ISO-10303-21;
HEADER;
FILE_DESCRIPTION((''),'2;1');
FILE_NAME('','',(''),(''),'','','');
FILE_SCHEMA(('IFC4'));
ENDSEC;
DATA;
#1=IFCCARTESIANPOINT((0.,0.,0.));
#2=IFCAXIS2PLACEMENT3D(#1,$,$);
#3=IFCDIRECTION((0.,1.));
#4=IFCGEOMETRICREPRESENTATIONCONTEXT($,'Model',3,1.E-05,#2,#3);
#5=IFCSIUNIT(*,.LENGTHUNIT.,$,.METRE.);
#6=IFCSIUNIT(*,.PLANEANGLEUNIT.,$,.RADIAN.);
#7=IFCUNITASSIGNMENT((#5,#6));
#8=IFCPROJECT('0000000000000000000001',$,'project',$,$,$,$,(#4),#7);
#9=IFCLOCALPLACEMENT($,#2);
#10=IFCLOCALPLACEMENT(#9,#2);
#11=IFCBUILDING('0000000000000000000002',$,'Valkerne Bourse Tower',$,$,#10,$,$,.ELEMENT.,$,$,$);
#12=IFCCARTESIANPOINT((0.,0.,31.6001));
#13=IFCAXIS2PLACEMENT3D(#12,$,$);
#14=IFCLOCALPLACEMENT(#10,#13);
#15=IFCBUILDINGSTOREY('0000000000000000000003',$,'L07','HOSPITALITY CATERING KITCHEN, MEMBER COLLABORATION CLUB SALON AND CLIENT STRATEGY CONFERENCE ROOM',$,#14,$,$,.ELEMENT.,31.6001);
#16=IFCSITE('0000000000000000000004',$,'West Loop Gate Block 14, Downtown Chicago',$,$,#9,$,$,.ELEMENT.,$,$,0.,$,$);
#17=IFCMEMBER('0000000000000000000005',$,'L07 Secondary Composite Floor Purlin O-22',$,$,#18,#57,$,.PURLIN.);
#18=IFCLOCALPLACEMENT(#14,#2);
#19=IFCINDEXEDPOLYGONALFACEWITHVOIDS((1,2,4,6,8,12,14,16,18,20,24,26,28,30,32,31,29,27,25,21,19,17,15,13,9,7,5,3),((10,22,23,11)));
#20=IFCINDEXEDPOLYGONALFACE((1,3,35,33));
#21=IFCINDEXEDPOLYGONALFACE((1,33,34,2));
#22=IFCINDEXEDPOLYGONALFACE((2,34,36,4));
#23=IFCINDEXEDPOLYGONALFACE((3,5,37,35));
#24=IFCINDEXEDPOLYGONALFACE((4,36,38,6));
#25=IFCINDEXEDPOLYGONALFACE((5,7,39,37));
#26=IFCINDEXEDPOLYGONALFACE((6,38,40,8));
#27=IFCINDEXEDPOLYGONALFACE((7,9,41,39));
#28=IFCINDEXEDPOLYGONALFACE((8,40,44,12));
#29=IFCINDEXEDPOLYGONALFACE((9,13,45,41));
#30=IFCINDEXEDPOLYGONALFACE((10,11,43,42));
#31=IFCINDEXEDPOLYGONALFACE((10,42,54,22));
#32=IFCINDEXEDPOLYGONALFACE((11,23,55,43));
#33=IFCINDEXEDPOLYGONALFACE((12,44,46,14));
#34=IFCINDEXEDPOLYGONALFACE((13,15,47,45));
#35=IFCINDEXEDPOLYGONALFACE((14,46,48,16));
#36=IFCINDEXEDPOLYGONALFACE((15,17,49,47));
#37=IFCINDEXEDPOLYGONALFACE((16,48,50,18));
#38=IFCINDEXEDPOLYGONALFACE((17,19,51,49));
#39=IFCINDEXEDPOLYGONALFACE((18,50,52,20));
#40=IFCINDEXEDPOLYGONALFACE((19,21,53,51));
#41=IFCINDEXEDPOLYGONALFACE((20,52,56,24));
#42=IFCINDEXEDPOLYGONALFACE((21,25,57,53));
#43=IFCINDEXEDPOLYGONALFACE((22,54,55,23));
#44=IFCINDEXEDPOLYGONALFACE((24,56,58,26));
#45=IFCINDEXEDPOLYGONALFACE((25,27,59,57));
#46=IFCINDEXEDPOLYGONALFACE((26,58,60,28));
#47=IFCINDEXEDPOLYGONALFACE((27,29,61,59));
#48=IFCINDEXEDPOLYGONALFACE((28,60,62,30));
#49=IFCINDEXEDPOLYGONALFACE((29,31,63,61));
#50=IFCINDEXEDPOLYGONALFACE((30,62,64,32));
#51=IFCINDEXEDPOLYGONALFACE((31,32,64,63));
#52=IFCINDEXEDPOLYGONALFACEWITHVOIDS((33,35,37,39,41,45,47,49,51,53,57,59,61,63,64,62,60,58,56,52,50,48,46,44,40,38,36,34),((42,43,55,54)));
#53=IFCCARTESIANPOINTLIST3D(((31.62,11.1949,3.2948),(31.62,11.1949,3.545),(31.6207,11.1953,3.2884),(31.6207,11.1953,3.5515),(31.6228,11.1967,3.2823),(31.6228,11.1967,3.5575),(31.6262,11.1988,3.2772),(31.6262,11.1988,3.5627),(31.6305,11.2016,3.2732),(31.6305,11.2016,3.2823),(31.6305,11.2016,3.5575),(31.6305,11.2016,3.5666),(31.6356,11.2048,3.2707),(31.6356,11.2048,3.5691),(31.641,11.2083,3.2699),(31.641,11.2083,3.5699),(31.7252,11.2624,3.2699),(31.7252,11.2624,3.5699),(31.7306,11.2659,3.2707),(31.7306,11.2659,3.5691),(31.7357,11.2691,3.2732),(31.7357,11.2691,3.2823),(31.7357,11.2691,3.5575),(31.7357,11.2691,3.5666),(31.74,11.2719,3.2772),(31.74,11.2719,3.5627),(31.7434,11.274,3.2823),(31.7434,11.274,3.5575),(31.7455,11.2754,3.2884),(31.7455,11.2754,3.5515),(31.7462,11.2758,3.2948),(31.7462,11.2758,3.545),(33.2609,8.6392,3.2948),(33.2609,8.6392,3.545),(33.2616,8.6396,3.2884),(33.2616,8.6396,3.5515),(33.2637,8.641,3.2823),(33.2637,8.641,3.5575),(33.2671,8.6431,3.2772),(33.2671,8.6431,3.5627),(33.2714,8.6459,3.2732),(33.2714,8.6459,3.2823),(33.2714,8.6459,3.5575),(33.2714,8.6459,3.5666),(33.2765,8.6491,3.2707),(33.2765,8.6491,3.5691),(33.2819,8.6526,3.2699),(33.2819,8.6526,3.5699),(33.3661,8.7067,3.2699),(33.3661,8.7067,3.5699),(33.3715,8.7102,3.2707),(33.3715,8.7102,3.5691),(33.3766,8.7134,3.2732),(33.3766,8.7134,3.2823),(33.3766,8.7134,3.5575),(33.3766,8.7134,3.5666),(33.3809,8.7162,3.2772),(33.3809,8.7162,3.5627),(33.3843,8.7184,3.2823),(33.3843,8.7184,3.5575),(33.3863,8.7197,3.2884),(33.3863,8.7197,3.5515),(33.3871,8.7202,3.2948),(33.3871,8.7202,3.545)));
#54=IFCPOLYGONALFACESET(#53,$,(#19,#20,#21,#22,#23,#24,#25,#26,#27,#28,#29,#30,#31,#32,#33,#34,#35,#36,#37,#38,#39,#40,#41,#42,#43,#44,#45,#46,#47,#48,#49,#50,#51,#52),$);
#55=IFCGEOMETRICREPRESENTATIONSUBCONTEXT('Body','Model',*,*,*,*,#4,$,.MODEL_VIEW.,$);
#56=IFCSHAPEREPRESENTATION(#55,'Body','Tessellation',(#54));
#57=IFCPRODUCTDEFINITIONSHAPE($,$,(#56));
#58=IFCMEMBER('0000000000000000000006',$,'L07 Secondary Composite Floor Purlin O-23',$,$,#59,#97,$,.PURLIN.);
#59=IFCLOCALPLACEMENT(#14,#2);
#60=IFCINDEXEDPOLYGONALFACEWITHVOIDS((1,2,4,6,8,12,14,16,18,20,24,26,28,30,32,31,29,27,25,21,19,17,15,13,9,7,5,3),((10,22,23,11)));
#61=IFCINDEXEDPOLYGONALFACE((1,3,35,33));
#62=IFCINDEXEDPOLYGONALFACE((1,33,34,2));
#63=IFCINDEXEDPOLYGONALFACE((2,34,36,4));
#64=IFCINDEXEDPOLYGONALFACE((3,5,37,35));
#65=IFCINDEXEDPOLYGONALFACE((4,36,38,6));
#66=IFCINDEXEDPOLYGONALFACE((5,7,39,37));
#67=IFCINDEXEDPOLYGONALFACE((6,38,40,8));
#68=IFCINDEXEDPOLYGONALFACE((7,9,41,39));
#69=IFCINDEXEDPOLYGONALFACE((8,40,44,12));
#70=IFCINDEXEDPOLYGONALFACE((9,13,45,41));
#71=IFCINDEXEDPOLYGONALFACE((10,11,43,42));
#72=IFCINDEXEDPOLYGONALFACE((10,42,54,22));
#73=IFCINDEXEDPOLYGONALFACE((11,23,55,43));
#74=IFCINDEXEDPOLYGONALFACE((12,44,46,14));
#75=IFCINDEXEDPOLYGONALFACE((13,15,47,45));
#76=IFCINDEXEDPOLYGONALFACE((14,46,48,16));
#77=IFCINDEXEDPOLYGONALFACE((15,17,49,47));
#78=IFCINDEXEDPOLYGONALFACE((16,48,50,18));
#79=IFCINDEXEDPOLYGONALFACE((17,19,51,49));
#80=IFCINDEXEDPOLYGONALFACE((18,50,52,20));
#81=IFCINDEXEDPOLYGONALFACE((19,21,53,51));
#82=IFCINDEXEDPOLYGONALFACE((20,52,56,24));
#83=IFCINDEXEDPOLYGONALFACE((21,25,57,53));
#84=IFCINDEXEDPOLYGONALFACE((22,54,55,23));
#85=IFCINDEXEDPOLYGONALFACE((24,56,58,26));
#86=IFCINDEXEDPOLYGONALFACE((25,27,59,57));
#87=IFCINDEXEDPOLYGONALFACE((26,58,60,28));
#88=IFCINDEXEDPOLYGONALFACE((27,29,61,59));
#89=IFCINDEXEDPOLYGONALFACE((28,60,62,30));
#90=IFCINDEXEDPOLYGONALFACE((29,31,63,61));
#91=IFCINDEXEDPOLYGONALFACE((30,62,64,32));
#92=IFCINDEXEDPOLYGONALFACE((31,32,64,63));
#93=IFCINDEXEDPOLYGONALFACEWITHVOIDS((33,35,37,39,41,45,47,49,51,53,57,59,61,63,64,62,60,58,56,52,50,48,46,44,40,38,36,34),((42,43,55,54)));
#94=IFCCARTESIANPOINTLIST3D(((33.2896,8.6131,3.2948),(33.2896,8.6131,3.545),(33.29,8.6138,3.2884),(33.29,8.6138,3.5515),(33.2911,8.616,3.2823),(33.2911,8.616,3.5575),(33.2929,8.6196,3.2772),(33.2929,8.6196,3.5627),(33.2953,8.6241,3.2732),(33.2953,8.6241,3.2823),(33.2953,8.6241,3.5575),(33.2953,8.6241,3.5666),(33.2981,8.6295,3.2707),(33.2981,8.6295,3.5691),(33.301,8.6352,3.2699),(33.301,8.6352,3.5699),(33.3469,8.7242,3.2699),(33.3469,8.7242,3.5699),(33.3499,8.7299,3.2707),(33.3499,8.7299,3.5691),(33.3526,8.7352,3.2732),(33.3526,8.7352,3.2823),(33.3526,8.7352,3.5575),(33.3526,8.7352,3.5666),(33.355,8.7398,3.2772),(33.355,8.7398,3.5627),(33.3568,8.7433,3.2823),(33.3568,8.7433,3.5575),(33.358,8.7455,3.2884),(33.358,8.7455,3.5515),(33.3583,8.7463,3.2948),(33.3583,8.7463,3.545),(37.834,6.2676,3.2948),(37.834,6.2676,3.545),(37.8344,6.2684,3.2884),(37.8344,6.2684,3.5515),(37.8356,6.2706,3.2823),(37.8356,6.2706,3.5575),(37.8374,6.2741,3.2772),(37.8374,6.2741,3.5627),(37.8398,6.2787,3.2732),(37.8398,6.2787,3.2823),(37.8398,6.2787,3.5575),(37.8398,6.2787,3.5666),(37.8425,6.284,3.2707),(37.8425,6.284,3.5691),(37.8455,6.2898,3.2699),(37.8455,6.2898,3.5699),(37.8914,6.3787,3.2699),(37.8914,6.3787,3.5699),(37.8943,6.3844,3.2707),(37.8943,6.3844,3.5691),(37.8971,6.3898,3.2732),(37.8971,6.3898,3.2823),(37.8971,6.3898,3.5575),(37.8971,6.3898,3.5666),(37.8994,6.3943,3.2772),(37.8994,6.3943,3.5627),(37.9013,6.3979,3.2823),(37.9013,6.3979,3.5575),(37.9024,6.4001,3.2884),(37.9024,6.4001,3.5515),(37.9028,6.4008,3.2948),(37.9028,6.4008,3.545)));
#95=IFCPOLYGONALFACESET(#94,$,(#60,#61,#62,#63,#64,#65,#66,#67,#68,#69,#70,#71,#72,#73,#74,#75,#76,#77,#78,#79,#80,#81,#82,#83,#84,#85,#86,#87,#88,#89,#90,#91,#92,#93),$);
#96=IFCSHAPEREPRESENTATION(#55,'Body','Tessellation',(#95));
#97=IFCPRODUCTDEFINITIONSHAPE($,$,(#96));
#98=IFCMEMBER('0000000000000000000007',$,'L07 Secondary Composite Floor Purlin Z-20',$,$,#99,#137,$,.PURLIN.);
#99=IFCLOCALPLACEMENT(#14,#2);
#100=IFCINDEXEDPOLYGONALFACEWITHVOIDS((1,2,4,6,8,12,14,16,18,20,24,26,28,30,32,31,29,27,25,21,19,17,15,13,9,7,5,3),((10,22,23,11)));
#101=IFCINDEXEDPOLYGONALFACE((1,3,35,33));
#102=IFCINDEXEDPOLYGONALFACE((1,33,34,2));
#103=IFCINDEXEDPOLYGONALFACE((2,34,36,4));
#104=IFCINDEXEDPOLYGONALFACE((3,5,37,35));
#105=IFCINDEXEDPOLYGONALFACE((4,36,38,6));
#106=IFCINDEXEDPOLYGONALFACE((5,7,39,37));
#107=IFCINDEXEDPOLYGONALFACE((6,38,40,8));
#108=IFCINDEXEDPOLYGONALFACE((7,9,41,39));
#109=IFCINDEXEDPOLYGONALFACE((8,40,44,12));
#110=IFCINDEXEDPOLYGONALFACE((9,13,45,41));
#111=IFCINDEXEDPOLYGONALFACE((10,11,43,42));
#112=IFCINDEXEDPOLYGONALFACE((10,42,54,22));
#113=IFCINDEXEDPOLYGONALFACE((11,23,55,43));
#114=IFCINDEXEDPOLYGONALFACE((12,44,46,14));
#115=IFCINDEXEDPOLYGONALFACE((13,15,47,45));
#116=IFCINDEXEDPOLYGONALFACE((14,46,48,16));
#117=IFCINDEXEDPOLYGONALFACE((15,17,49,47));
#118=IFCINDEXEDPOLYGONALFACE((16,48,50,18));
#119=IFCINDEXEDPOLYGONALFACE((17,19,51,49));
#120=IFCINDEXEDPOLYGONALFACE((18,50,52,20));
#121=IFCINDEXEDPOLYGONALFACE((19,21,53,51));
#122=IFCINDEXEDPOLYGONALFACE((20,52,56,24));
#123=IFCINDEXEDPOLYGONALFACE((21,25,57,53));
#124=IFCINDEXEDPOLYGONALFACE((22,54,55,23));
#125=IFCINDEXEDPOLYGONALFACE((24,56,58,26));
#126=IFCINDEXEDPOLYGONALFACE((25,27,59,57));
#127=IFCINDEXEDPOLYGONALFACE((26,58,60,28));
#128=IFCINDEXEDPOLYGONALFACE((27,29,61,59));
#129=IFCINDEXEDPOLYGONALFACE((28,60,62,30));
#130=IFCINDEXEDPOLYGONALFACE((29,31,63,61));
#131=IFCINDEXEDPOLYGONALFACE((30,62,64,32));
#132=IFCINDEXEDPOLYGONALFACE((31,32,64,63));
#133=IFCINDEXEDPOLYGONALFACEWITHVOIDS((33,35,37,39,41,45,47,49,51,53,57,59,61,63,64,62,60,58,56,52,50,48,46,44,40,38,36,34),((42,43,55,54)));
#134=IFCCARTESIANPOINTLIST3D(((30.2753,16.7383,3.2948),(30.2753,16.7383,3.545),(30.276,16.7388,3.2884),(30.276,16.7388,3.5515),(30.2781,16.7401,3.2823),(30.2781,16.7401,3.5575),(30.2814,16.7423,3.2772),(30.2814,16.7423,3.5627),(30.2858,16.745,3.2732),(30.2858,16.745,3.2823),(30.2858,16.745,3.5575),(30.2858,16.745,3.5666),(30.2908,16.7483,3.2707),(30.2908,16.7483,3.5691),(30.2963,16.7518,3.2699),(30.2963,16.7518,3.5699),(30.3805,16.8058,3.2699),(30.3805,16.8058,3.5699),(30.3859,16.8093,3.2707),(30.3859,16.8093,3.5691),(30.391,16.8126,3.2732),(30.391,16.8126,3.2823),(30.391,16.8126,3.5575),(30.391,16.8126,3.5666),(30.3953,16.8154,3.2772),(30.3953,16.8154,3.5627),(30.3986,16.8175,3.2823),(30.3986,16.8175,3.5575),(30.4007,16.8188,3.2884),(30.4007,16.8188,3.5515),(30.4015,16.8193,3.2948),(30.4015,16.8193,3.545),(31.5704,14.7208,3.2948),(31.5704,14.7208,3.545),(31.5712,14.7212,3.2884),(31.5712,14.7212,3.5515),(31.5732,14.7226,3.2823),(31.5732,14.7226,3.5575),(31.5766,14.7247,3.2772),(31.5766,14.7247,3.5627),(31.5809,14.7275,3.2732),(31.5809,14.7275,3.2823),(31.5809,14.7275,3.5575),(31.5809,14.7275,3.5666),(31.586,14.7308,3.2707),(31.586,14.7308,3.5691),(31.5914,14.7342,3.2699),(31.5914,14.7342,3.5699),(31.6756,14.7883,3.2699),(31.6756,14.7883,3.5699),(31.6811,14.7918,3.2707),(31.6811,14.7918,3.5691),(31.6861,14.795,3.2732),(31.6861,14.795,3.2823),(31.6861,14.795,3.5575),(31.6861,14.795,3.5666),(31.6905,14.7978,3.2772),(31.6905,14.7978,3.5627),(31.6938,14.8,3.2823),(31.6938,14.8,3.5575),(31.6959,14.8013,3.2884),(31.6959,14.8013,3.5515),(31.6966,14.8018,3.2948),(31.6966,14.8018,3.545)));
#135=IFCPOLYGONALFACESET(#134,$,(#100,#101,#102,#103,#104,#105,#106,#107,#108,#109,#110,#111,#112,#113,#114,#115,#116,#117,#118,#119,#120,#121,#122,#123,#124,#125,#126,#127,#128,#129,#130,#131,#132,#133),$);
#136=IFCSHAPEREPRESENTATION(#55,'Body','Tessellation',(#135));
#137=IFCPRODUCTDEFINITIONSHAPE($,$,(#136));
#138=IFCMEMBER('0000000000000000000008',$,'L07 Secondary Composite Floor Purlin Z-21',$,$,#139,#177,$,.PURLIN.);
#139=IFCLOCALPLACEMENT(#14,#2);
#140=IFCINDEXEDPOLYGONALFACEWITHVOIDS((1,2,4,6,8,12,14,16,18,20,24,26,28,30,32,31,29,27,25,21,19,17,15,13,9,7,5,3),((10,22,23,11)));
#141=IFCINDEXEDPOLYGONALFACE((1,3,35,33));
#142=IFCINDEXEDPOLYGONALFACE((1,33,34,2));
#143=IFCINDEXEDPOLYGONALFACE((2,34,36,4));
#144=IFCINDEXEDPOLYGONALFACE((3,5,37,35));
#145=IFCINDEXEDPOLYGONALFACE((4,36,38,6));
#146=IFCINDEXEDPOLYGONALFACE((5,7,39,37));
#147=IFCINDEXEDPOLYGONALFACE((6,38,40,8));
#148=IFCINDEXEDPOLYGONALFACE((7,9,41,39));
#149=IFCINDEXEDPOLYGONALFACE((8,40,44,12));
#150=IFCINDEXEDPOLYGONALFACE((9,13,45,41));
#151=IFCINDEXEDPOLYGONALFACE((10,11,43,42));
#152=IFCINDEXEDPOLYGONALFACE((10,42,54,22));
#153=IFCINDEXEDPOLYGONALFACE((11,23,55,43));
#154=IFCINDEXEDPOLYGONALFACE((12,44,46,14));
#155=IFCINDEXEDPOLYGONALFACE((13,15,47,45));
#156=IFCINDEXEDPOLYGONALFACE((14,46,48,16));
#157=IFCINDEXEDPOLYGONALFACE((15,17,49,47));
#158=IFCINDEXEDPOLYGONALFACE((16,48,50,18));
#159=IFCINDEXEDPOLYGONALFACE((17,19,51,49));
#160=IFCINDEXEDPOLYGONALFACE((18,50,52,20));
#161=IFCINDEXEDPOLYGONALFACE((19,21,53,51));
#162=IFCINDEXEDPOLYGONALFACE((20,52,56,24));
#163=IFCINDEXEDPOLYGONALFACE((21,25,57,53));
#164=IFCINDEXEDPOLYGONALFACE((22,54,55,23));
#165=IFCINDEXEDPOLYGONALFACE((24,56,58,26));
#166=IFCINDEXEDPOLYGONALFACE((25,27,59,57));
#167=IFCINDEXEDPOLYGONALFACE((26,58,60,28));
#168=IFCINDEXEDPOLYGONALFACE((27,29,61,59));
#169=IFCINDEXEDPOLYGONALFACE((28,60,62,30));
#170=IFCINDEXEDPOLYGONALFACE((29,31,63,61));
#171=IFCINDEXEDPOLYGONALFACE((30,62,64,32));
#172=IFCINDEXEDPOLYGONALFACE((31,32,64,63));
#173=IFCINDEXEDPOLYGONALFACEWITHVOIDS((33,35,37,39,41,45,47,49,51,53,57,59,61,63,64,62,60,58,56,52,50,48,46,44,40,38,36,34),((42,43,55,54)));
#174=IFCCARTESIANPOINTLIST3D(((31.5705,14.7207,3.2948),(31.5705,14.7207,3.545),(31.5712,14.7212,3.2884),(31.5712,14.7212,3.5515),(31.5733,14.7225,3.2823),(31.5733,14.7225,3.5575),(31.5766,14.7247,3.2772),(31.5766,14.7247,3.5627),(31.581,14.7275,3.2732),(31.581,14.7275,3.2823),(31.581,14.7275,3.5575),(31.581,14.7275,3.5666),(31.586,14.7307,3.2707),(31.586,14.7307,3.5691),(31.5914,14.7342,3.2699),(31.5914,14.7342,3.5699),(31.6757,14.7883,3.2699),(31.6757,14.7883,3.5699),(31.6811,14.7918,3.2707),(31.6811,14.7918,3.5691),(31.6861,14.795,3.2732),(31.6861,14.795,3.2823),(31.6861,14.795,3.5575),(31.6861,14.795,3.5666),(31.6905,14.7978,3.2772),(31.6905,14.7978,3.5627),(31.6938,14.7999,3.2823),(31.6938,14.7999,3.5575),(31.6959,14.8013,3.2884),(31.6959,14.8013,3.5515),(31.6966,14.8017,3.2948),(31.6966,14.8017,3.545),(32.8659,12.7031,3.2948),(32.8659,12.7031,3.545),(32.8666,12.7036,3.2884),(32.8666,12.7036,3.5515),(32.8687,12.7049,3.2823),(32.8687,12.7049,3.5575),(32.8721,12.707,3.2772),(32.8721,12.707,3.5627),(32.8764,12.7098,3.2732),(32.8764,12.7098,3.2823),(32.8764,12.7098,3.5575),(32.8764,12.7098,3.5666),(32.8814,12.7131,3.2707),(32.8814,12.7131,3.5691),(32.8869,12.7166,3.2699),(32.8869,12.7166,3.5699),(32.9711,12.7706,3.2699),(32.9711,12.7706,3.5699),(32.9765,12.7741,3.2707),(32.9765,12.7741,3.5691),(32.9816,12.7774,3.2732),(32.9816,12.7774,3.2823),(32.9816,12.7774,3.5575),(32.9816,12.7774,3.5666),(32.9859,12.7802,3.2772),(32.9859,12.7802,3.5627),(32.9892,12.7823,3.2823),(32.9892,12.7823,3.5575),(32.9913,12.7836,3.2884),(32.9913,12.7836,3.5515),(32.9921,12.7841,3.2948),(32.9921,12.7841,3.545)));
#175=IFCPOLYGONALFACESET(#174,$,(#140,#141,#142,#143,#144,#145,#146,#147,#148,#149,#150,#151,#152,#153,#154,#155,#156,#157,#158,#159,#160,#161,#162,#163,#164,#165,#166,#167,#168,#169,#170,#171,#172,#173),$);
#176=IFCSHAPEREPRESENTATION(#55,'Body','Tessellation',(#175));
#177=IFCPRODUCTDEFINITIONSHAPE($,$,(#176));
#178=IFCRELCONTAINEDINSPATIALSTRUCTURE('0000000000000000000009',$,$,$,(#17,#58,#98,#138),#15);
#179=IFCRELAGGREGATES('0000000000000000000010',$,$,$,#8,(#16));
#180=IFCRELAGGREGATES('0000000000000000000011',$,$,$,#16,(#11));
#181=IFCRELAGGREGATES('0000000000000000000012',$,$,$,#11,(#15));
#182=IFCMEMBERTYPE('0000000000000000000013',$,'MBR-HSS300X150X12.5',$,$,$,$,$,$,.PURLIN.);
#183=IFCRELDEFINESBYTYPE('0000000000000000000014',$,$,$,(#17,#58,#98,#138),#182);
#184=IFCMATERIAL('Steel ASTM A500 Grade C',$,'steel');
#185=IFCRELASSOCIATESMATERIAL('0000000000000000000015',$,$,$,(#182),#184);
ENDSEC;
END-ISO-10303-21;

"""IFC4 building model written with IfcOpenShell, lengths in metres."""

from ifc_helpers import new_model, si_unit, direction, frame, origin, origin_2d, place, context, subcontext, project, spatial, hollow_rectangle, extrude, material, material_profile, profile_set, type_object, element, save


model = new_model("IFC4")

# Units and contexts
model_context = context("Model", 3, precision=1e-05, world=origin(), true_north=direction((0.0, 1.0)))
body_context = subcontext(model_context, "Body", "Model", "MODEL_VIEW")
ifc_project = project(units=[si_unit("LENGTHUNIT", "METRE"), si_unit("PLANEANGLEUNIT", "RADIAN")], contexts=[model_context])

# Site, building, storey
site_placement = place(None, origin())
site = spatial("IfcSite", under=ifc_project, at=site_placement, Name="West Loop Gate Block 14, Downtown Chicago", CompositionType="ELEMENT", RefElevation=0.0)
building_placement = place(site_placement, origin())
building = spatial("IfcBuilding", under=site, at=building_placement, Name="Valkerne Bourse Tower", CompositionType="ELEMENT")
storey_placement = place(building_placement, frame((0.0, 0.0, 31.6001)))
storey = spatial("IfcBuildingStorey", under=building, at=storey_placement, Name="L07", Description="HOSPITALITY CATERING KITCHEN, MEMBER COLLABORATION CLUB SALON AND CLIENT STRATEGY CONFERENCE ROOM", CompositionType="ELEMENT", Elevation=31.6001)

# Members
ifc_material_1 = material(Name="Steel ASTM A500 Grade C", Category="steel")
ifc_material_profile_1 = material_profile(ifc_material_1, hollow_rectangle(XDim=0.1499, YDim=0.3, WallThickness=0.0125, OuterFilletRadius=0.0249, at=origin_2d()), Name="HSS300X150X12.5")
ifc_profile_set_1 = profile_set([ifc_material_profile_1], Name="Steel ASTM A500 Grade C")
member_type_1 = type_object("IfcMemberType", Name="MBR-HSS300X150X12.5", PredefinedType="PURLIN", material=ifc_profile_set_1)
member_1_placement = place(storey_placement, frame((31.6831, 11.2354, 3.4199), z_axis=(0.540278, -0.841487, 0.0), x_axis=(0.841487, 0.540278, 0.0)))
element("IfcMember", 1, at=member_1_placement, inside=storey, type_object=member_type_1, Name="L07 Secondary Composite Floor Purlin O-22", PredefinedType="PURLIN", context=body_context, shape_type="SweptSolid", body=[
    extrude(hollow_rectangle(XDim=0.1499, YDim=0.3, WallThickness=0.0125, OuterFilletRadius=0.0249, at=origin_2d()), origin(), (0.0, 0.0, 1.0), 3.0371),
])
member_2_placement = place(storey_placement, frame((33.324, 8.6797, 3.4199), z_axis=(0.888625, -0.458634, 0.0), x_axis=(0.458634, 0.888625, 0.0)))
element("IfcMember", 2, at=member_2_placement, inside=storey, type_object=member_type_1, Name="L07 Secondary Composite Floor Purlin O-23", PredefinedType="PURLIN", context=body_context, shape_type="SweptSolid", body=[
    extrude(hollow_rectangle(XDim=0.1499, YDim=0.3, WallThickness=0.0125, OuterFilletRadius=0.0249, at=origin_2d()), origin(), (0.0, 0.0, 1.0), 5.114),
])
member_3_placement = place(storey_placement, frame((30.3384, 16.7788, 3.4199), z_axis=(0.540212, -0.841529, 0.0), x_axis=(0.841529, 0.540212, 0.0)))
element("IfcMember", 3, at=member_3_placement, inside=storey, type_object=member_type_1, Name="L07 Secondary Composite Floor Purlin Z-20", PredefinedType="PURLIN", context=body_context, shape_type="SweptSolid", body=[
    extrude(hollow_rectangle(XDim=0.1499, YDim=0.3, WallThickness=0.0125, OuterFilletRadius=0.0249, at=origin_2d()), origin(), (0.0, 0.0, 1.0), 2.3975),
])
member_4_placement = place(storey_placement, frame((31.6335, 14.7612, 3.4199), z_axis=(0.540284, -0.841483, 0.0), x_axis=(0.841483, 0.540284, 0.0)))
element("IfcMember", 4, at=member_4_placement, inside=storey, type_object=member_type_1, Name="L07 Secondary Composite Floor Purlin Z-21", PredefinedType="PURLIN", context=body_context, shape_type="SweptSolid", body=[
    extrude(hollow_rectangle(XDim=0.1499, YDim=0.3, WallThickness=0.0125, OuterFilletRadius=0.0249, at=origin_2d()), origin(), (0.0, 0.0, 1.0), 2.3977),
])

save(model, "model.ifc")
